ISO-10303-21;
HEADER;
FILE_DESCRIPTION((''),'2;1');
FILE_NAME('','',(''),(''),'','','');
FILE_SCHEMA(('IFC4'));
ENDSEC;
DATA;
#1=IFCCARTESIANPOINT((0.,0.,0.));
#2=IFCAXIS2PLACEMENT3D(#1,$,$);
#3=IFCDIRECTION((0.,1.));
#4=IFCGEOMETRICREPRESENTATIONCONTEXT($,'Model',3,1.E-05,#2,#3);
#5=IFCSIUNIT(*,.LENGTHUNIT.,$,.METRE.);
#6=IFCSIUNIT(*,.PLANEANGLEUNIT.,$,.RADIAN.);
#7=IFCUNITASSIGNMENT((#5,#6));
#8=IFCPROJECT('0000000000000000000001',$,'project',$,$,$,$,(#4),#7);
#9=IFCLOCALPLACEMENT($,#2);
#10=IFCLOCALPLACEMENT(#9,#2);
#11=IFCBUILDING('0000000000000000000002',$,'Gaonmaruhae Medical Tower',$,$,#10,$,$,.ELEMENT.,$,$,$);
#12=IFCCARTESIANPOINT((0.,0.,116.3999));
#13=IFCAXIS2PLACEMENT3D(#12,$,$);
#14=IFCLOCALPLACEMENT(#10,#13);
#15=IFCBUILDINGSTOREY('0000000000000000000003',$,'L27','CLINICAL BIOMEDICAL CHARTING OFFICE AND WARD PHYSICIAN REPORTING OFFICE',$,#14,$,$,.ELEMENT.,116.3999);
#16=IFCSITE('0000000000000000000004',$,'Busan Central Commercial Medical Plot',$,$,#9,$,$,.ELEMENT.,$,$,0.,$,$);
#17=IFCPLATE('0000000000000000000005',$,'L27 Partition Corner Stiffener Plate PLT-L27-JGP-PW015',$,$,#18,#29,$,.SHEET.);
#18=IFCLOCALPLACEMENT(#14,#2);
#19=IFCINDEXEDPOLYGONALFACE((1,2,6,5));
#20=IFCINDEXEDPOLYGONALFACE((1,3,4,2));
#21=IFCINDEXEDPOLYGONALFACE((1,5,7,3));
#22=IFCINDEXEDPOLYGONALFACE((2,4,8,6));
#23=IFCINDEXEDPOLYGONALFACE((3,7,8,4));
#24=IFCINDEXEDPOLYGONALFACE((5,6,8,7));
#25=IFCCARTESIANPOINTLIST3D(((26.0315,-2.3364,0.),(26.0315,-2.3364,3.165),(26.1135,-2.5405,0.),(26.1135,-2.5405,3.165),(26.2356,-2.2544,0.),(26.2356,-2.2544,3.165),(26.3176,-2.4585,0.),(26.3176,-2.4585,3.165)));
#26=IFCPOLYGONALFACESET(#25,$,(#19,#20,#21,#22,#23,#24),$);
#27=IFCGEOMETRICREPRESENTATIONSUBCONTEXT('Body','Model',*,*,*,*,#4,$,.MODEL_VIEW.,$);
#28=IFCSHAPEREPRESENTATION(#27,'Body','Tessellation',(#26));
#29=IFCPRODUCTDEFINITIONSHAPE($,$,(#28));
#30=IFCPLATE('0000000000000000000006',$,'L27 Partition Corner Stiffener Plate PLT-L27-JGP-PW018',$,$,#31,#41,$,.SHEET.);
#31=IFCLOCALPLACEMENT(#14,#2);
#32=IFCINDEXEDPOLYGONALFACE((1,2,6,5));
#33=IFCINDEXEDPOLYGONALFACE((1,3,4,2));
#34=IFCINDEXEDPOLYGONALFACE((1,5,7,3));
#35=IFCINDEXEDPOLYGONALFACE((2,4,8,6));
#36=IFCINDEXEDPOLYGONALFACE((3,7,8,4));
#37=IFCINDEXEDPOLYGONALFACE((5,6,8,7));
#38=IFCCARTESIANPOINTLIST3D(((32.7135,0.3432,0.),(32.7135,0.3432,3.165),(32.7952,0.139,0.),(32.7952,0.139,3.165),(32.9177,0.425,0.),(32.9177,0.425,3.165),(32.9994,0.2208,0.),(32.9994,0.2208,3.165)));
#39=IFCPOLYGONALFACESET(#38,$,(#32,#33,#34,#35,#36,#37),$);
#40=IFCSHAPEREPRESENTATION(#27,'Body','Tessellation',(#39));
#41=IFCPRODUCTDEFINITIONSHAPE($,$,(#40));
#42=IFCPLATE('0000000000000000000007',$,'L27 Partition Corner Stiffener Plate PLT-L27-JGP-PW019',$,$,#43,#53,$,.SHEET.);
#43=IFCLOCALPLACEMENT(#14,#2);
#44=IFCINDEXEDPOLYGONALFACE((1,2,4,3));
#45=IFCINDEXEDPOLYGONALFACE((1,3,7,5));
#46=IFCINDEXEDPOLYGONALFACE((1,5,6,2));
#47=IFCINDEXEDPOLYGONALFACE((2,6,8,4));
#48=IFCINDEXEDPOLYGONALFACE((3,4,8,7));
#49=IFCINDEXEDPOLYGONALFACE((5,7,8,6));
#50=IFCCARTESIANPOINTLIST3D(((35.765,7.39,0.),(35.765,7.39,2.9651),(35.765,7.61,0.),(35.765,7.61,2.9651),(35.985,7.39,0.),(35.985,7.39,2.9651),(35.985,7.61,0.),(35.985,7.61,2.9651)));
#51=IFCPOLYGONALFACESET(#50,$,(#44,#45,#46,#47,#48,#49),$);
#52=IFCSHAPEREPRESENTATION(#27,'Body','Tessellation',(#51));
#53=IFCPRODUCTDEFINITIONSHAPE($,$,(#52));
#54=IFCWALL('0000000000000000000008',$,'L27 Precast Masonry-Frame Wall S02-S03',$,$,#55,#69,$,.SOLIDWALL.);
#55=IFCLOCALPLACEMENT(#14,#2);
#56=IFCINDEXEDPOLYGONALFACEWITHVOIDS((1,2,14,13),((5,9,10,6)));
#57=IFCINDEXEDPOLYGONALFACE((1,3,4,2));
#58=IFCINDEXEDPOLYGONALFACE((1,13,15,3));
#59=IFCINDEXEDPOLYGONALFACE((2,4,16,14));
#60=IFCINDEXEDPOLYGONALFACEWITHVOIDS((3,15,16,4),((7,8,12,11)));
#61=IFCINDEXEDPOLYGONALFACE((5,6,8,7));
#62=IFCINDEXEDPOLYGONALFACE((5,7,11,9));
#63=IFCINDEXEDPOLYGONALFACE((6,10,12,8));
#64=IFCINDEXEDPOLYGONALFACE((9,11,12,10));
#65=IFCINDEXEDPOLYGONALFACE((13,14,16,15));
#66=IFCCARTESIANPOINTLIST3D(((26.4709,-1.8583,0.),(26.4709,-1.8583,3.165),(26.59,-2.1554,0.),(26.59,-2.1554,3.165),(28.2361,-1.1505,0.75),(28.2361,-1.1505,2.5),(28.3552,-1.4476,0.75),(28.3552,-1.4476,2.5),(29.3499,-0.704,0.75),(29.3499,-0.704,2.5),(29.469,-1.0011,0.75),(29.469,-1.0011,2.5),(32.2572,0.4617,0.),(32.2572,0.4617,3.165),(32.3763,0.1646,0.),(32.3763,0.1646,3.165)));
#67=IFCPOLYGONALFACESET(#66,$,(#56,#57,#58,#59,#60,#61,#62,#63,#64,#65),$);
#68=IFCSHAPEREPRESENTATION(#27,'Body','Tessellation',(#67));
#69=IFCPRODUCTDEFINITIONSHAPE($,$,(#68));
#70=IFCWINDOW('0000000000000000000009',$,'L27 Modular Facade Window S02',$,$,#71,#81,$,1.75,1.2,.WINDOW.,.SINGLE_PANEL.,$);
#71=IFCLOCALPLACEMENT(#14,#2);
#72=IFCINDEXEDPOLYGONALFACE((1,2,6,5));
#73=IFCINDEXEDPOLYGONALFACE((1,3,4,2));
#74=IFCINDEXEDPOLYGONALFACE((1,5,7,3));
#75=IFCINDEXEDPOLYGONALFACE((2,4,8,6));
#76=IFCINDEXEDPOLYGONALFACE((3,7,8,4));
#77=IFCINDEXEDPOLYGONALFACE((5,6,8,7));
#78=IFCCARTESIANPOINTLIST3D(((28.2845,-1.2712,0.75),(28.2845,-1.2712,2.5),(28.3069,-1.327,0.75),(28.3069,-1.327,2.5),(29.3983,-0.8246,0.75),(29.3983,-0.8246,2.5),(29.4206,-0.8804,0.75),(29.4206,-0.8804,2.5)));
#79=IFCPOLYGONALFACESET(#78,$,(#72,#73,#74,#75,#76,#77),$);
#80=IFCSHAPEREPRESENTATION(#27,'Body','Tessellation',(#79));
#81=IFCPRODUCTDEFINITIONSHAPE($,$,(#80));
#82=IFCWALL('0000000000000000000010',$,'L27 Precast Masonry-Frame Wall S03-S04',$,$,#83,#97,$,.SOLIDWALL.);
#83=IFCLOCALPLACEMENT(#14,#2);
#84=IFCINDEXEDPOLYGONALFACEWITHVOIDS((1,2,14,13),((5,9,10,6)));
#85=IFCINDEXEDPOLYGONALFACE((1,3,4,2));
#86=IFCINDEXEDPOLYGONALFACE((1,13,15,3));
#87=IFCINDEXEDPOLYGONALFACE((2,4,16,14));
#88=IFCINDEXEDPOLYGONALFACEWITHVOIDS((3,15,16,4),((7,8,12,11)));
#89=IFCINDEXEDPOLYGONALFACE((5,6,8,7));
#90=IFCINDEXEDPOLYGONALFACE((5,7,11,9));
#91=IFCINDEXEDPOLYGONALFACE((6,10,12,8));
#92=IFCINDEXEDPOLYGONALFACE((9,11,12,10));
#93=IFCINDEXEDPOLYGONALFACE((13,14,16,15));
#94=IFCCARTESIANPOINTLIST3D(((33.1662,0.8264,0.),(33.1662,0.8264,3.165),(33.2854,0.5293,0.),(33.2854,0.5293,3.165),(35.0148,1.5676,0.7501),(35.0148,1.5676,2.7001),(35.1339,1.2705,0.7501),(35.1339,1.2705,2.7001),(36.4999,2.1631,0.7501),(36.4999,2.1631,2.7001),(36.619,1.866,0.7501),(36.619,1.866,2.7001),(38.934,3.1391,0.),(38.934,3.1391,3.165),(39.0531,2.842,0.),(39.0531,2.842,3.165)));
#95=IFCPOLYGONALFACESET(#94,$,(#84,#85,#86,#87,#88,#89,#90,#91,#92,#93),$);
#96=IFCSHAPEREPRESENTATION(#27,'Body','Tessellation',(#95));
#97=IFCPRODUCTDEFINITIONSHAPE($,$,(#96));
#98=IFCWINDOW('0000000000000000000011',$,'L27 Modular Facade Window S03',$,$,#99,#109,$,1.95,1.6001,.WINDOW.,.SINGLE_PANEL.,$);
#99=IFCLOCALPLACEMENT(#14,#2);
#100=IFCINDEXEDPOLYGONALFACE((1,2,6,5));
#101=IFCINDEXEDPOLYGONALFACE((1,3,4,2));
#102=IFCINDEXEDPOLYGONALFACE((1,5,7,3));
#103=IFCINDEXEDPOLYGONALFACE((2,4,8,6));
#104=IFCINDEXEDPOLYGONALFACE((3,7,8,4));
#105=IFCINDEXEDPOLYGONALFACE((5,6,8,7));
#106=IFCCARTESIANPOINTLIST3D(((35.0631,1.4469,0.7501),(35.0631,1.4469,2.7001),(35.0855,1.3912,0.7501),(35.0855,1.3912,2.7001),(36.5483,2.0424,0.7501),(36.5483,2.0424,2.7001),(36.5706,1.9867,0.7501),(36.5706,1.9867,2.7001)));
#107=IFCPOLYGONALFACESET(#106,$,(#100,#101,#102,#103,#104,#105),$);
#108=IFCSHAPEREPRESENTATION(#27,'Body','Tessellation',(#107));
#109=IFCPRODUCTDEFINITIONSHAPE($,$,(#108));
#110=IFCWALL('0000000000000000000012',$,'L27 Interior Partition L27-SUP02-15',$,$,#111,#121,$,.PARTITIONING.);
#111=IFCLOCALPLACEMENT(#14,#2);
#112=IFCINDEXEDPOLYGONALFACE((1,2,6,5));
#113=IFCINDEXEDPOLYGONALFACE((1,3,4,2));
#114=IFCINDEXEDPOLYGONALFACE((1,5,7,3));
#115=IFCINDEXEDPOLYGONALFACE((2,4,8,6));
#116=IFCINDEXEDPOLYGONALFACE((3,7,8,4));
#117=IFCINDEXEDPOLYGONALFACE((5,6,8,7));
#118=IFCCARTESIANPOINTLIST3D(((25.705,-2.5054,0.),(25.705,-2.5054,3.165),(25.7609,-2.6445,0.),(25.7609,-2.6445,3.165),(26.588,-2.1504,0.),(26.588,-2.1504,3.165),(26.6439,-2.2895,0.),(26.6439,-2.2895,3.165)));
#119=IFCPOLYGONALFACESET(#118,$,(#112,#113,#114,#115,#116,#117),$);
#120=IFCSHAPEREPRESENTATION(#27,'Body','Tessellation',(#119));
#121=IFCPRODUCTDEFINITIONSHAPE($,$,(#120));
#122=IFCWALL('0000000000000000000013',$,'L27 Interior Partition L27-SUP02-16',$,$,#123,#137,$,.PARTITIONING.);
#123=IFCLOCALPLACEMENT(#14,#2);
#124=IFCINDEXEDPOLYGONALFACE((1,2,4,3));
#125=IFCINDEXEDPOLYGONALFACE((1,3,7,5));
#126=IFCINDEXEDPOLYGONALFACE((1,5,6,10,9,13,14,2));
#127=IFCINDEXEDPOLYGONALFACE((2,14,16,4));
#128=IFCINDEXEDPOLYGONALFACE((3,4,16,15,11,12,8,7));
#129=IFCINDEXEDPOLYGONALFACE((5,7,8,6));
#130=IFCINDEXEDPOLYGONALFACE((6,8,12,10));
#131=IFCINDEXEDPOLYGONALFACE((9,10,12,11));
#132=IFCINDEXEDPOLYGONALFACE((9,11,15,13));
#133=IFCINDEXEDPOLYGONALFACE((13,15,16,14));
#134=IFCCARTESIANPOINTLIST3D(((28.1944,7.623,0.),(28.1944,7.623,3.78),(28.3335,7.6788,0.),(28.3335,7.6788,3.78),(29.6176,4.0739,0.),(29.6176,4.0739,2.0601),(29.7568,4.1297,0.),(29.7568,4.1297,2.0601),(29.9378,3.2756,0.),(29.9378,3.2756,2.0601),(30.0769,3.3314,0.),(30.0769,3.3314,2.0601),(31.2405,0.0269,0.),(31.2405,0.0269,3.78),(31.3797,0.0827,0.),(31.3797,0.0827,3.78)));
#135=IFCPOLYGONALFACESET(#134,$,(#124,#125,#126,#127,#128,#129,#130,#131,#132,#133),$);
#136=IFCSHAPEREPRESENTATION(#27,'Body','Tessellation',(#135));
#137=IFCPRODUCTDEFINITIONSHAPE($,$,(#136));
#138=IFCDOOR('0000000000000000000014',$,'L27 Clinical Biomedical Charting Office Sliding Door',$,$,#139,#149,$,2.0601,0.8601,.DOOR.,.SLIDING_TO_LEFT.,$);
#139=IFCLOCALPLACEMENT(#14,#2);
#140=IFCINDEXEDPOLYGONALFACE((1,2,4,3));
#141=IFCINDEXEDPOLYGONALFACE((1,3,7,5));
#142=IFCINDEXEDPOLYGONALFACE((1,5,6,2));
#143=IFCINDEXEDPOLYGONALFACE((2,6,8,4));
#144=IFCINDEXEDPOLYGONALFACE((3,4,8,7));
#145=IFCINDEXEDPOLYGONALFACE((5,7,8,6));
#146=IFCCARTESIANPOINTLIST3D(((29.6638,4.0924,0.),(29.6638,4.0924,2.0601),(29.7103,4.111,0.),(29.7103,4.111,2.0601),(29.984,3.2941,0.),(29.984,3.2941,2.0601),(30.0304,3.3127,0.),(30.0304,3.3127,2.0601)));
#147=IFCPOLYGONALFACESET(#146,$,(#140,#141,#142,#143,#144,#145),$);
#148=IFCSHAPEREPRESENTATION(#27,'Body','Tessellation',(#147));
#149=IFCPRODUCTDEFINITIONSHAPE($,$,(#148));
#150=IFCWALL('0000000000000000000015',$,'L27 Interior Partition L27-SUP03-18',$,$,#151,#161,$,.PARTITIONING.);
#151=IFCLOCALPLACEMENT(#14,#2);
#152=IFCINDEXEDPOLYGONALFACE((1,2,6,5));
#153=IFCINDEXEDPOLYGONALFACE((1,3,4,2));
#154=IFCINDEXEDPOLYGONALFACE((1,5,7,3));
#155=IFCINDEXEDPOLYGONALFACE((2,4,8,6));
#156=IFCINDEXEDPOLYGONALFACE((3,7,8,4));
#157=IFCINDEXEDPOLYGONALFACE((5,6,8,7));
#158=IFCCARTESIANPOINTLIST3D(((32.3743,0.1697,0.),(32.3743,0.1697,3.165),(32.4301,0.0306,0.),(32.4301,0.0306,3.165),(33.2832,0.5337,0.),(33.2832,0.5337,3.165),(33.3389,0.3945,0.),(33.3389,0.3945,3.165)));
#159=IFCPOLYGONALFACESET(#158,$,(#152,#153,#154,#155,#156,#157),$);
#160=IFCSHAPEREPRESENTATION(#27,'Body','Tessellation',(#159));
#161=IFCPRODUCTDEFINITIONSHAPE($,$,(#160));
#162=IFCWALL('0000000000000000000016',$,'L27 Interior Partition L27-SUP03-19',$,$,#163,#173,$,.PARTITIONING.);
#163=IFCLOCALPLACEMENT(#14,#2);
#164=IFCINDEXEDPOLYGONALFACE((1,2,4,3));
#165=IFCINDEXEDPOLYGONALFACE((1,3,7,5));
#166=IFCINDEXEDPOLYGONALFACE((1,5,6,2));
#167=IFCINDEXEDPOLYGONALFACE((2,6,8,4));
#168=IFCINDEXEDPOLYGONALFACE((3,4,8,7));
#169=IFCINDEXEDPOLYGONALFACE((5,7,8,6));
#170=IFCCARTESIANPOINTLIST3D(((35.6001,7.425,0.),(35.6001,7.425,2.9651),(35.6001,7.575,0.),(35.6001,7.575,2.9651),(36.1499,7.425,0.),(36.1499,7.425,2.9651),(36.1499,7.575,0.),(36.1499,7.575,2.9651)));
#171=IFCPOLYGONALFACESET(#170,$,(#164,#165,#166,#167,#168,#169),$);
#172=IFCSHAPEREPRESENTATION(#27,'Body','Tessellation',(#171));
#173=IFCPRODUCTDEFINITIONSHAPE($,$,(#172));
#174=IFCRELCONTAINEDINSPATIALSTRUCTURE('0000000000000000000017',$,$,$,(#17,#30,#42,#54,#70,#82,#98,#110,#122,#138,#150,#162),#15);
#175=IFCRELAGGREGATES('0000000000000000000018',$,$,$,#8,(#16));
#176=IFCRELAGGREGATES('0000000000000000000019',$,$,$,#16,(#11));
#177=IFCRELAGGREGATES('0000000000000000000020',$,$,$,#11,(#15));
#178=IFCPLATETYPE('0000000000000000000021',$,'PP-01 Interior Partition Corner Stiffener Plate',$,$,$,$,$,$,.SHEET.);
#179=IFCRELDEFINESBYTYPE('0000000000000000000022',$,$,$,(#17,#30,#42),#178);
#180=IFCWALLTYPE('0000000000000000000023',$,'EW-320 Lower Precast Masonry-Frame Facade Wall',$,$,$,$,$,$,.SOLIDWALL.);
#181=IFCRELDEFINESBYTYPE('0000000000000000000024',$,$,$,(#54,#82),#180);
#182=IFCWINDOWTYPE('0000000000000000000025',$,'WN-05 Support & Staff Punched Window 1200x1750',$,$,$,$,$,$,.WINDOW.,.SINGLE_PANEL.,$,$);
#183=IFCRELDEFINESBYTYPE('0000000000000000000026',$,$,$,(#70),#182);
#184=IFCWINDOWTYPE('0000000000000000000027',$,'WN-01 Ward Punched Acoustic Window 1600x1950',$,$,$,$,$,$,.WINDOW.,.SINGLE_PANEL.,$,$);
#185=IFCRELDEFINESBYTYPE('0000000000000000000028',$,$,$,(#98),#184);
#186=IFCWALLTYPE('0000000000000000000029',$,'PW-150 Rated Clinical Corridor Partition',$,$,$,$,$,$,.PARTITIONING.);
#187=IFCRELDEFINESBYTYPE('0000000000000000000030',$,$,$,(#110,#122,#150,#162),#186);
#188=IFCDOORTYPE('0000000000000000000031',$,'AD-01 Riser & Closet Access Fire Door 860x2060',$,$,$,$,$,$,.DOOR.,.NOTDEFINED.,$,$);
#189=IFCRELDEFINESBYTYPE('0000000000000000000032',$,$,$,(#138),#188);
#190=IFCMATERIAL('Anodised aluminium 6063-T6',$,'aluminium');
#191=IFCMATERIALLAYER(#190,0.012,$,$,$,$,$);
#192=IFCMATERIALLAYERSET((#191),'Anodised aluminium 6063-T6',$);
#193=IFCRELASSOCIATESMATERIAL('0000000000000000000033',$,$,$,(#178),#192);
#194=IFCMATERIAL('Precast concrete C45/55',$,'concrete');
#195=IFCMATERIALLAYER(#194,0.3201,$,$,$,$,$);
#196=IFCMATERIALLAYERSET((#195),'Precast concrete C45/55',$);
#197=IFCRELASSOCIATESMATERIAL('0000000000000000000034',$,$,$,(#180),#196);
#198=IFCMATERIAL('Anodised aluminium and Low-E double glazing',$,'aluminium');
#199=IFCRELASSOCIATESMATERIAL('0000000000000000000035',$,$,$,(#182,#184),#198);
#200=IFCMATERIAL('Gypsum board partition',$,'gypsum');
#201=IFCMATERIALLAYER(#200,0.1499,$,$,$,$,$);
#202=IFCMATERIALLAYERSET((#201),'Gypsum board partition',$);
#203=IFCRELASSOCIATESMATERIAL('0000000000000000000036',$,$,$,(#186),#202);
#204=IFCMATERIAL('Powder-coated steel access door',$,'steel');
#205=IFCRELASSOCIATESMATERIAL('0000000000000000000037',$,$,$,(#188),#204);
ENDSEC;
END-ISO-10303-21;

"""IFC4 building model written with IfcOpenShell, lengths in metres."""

from ifc_helpers import new_model, si_unit, direction, frame, frame_2d, origin, origin_2d, place, context, subcontext, project, spatial, rectangle, extrude, material, layer, layer_set, type_object, element, fill, save


model = new_model("IFC4")

# Units and contexts
model_context = context("Model", 3, precision=1e-05, world=origin(), true_north=direction((0.0, 1.0)))
body_context = subcontext(model_context, "Body", "Model", "MODEL_VIEW")
ifc_project = project(units=[si_unit("LENGTHUNIT", "METRE"), si_unit("PLANEANGLEUNIT", "RADIAN")], contexts=[model_context])

# Site, building, storey
site_placement = place(None, origin())
site = spatial("IfcSite", under=ifc_project, at=site_placement, Name="Busan Central Commercial Medical Plot", CompositionType="ELEMENT", RefElevation=0.0)
building_placement = place(site_placement, origin())
building = spatial("IfcBuilding", under=site, at=building_placement, Name="Gaonmaruhae Medical Tower", CompositionType="ELEMENT")
storey_placement = place(building_placement, frame((0.0, 0.0, 116.3999)))
storey = spatial("IfcBuildingStorey", under=building, at=storey_placement, Name="L27", Description="CLINICAL BIOMEDICAL CHARTING OFFICE AND WARD PHYSICIAN REPORTING OFFICE", CompositionType="ELEMENT", Elevation=116.3999)

# Plates
ifc_material_1 = material(Name="Anodised aluminium 6063-T6", Category="aluminium")
ifc_layer_1 = layer(ifc_material_1, 0.012)
ifc_layer_set_1 = layer_set([ifc_layer_1], Name="Anodised aluminium 6063-T6")
plate_type = type_object("IfcPlateType", Name="PP-01 Interior Partition Corner Stiffener Plate", PredefinedType="SHEET", material=ifc_layer_set_1)
for number, where, z_axis, x_axis, name in (
    (1, (26.1746, -2.3975, 0.0), (0.0, 0.0, 1.0), (-0.927823, -0.37302, 0.0), "L27 Partition Corner Stiffener Plate PLT-L27-JGP-PW015"),
    (2, (32.8564, 0.282, 0.0), (0.0, 0.0, 1.0), (-0.928337, -0.371741, 0.0), "L27 Partition Corner Stiffener Plate PLT-L27-JGP-PW018"),
):
    element("IfcPlate", number, at=place(storey_placement, frame(where, z_axis=z_axis, x_axis=x_axis)), inside=storey, type_object=plate_type, Name=name, PredefinedType="SHEET", context=body_context, shape_type="SweptSolid", body=[
        extrude(rectangle(XDim=0.22, YDim=0.22, at=origin_2d()), origin(), (0.0, 0.0, 1.0), 3.165),
    ])
plate_placement = place(storey_placement, frame((35.875, 7.5, 0.0), z_axis=(0.0, 0.0, 1.0), x_axis=(1.0, 0.0, 0.0)))
element("IfcPlate", 3, at=plate_placement, inside=storey, type_object=plate_type, Name="L27 Partition Corner Stiffener Plate PLT-L27-JGP-PW019", PredefinedType="SHEET", context=body_context, shape_type="SweptSolid", body=[
    extrude(rectangle(XDim=0.22, YDim=0.22, at=origin_2d()), origin(), (0.0, 0.0, 1.0), 2.9651),
])

# Walls, openings, windows
ifc_material_2 = material(Name="Precast concrete C45/55", Category="concrete")
ifc_layer_2 = layer(ifc_material_2, 0.3201)
ifc_layer_set_2 = layer_set([ifc_layer_2], Name="Precast concrete C45/55")
wall_type_1 = type_object("IfcWallType", Name="EW-320 Lower Precast Masonry-Frame Facade Wall", PredefinedType="SOLIDWALL", material=ifc_layer_set_2)
wall_1_placement = place(storey_placement, frame((32.3169, 0.3132, 0.0), z_axis=(0.0, 0.0, 1.0), x_axis=(-0.928171, -0.372154, 0.0)))
wall_1 = element("IfcWall", 4, at=wall_1_placement, inside=storey, type_object=wall_type_1, Name="L27 Precast Masonry-Frame Wall S02-S03", PredefinedType="SOLIDWALL", context=body_context, shape_type="SweptSolid", body=[
    extrude(rectangle(XDim=6.2341, YDim=0.3201, at=frame_2d((3.1172, 0.0))), origin(), (0.0, 0.0, 1.0), 3.165),
])
opening_1_placement = place(wall_1_placement, frame((3.1323, 0.0, 0.75)))
opening_1 = element("IfcOpeningElement", 5, at=opening_1_placement, cuts=wall_1, PredefinedType="OPENING", context=body_context, shape_type="SweptSolid", body=[
    extrude(rectangle(XDim=1.2, YDim=1.75, at=frame_2d((0.6001, 0.875))), frame((0.0, 0.1699, 0.0), z_axis=(0.0, -1.0, 0.0), x_axis=(1.0, 0.0, 0.0)), (0.0, 0.0, 1.0), 0.3401),
])
ifc_material_3 = material(Name="Anodised aluminium and Low-E double glazing", Category="aluminium")
window_type_1 = type_object("IfcWindowType", Name="WN-05 Support & Staff Punched Window 1200x1750", PartitioningType="SINGLE_PANEL", PredefinedType="WINDOW", material=ifc_material_3)
window_1_placement = place(opening_1_placement, origin())
window_1 = element("IfcWindow", 6, at=window_1_placement, inside=storey, type_object=window_type_1, Name="L27 Modular Facade Window S02", OverallHeight=1.75, OverallWidth=1.2, PartitioningType="SINGLE_PANEL", PredefinedType="WINDOW", context=body_context, shape_type="SweptSolid", body=[
    extrude(rectangle(XDim=1.2, YDim=1.75, at=frame_2d((0.6001, 0.875))), frame((0.0, 0.03, 0.0), z_axis=(0.0, -1.0, 0.0), x_axis=(1.0, 0.0, 0.0)), (0.0, 0.0, 1.0), 0.0601),
])
fill(opening_1, window_1)
wall_2_placement = place(storey_placement, frame((38.9934, 2.9905, 0.0), z_axis=(0.0, 0.0, 1.0), x_axis=(-0.928165, -0.37217, 0.0)))
wall_2 = element("IfcWall", 7, at=wall_2_placement, inside=storey, type_object=wall_type_1, Name="L27 Precast Masonry-Frame Wall S03-S04", PredefinedType="SOLIDWALL", context=body_context, shape_type="SweptSolid", body=[
    extrude(rectangle(XDim=6.2141, YDim=0.3201, at=frame_2d((3.1069, 0.0))), origin(), (0.0, 0.0, 1.0), 3.165),
])
opening_2_placement = place(wall_2_placement, frame((2.6223, 0.0, 0.75)))
opening_2 = element("IfcOpeningElement", 8, at=opening_2_placement, cuts=wall_2, PredefinedType="OPENING", context=body_context, shape_type="SweptSolid", body=[
    extrude(rectangle(XDim=1.6001, YDim=1.95, at=frame_2d((0.8, 0.9751))), frame((0.0, 0.1699, 0.0), z_axis=(0.0, -1.0, 0.0), x_axis=(1.0, 0.0, 0.0)), (0.0, 0.0, 1.0), 0.3401),
])
window_type_2 = type_object("IfcWindowType", Name="WN-01 Ward Punched Acoustic Window 1600x1950", PartitioningType="SINGLE_PANEL", PredefinedType="WINDOW", material=ifc_material_3)
window_2_placement = place(opening_2_placement, origin())
window_2 = element("IfcWindow", 9, at=window_2_placement, inside=storey, type_object=window_type_2, Name="L27 Modular Facade Window S03", OverallHeight=1.95, OverallWidth=1.6001, PartitioningType="SINGLE_PANEL", PredefinedType="WINDOW", context=body_context, shape_type="SweptSolid", body=[
    extrude(rectangle(XDim=1.6001, YDim=1.95, at=frame_2d((0.8, 0.9751))), frame((0.0, 0.03, 0.0), z_axis=(0.0, -1.0, 0.0), x_axis=(1.0, 0.0, 0.0)), (0.0, 0.0, 1.0), 0.0601),
])
fill(opening_2, window_2)

# Wall
ifc_material_4 = material(Name="Gypsum board partition", Category="gypsum")
ifc_layer_3 = layer(ifc_material_4, 0.1499)
ifc_layer_set_3 = layer_set([ifc_layer_3], Name="Gypsum board partition")
wall_type_2 = type_object("IfcWallType", Name="PW-150 Rated Clinical Corridor Partition", PredefinedType="PARTITIONING", material=ifc_layer_set_3)
wall_3_placement = place(storey_placement, frame((26.616, -2.22, 0.0), z_axis=(0.0, 0.0, 1.0), x_axis=(-0.927838, -0.372982, 0.0)))
element("IfcWall", 10, at=wall_3_placement, inside=storey, type_object=wall_type_2, Name="L27 Interior Partition L27-SUP02-15", PredefinedType="PARTITIONING", context=body_context, shape_type="SweptSolid", body=[
    extrude(rectangle(XDim=0.9517, YDim=0.1499, at=frame_2d((0.4758, 0.0))), origin(), (0.0, 0.0, 1.0), 3.165),
])

# Wall, opening, door
wall_4_placement = place(storey_placement, frame((28.2639, 7.6509, 0.0), z_axis=(0.0, 0.0, 1.0), x_axis=(0.372208, -0.928149, 0.0)))
wall_4 = element("IfcWall", 11, at=wall_4_placement, inside=storey, type_object=wall_type_2, Name="L27 Interior Partition L27-SUP02-16", PredefinedType="PARTITIONING", context=body_context, shape_type="SweptSolid", body=[
    extrude(rectangle(XDim=8.1841, YDim=0.1499, at=frame_2d((4.092, 0.0))), origin(), (0.0, 0.0, 1.0), 3.78),
])
opening_3_placement = place(wall_4_placement, frame((3.8237, 0.0, 0.0)))
opening_3 = element("IfcOpeningElement", 12, at=opening_3_placement, cuts=wall_4, PredefinedType="OPENING", context=body_context, shape_type="SweptSolid", body=[
    extrude(rectangle(XDim=0.8601, YDim=2.0601, at=frame_2d((0.4302, 1.03))), frame((0.0, 0.085, 0.0), z_axis=(0.0, -1.0, 0.0), x_axis=(1.0, 0.0, 0.0)), (0.0, 0.0, 1.0), 0.1699),
])
ifc_material_5 = material(Name="Powder-coated steel access door", Category="steel")
door_type = type_object("IfcDoorType", Name="AD-01 Riser & Closet Access Fire Door 860x2060", OperationType="NOTDEFINED", PredefinedType="DOOR", material=ifc_material_5)
door_placement = place(opening_3_placement, origin())
door = element("IfcDoor", 13, at=door_placement, inside=storey, type_object=door_type, Name="L27 Clinical Biomedical Charting Office Sliding Door", OperationType="SLIDING_TO_LEFT", OverallHeight=2.0601, OverallWidth=0.8601, PredefinedType="DOOR", context=body_context, shape_type="SweptSolid", body=[
    extrude(rectangle(XDim=0.8601, YDim=2.0601, at=frame_2d((0.4302, 1.03))), frame((0.0, 0.0249, 0.0), z_axis=(0.0, -1.0, 0.0), x_axis=(1.0, 0.0, 0.0)), (0.0, 0.0, 1.0), 0.05),
])
fill(opening_3, door)

# Walls
wall_5_placement = place(storey_placement, frame((33.311, 0.4641, 0.0), z_axis=(0.0, 0.0, 1.0), x_axis=(-0.928322, -0.371778, 0.0)))
element("IfcWall", 14, at=wall_5_placement, inside=storey, type_object=wall_type_2, Name="L27 Interior Partition L27-SUP03-18", PredefinedType="PARTITIONING", context=body_context, shape_type="SweptSolid", body=[
    extrude(rectangle(XDim=0.979, YDim=0.1499, at=frame_2d((0.4895, 0.0))), origin(), (0.0, 0.0, 1.0), 3.165),
])
wall_6_placement = place(storey_placement, frame((35.6001, 7.5, 0.0), z_axis=(0.0, 0.0, 1.0), x_axis=(1.0, 0.0, 0.0)))
element("IfcWall", 15, at=wall_6_placement, inside=storey, type_object=wall_type_2, Name="L27 Interior Partition L27-SUP03-19", PredefinedType="PARTITIONING", context=body_context, shape_type="SweptSolid", body=[
    extrude(rectangle(XDim=0.5498, YDim=0.1499, at=frame_2d((0.2749, 0.0))), origin(), (0.0, 0.0, 1.0), 2.9651),
])

save(model, "model.ifc")
